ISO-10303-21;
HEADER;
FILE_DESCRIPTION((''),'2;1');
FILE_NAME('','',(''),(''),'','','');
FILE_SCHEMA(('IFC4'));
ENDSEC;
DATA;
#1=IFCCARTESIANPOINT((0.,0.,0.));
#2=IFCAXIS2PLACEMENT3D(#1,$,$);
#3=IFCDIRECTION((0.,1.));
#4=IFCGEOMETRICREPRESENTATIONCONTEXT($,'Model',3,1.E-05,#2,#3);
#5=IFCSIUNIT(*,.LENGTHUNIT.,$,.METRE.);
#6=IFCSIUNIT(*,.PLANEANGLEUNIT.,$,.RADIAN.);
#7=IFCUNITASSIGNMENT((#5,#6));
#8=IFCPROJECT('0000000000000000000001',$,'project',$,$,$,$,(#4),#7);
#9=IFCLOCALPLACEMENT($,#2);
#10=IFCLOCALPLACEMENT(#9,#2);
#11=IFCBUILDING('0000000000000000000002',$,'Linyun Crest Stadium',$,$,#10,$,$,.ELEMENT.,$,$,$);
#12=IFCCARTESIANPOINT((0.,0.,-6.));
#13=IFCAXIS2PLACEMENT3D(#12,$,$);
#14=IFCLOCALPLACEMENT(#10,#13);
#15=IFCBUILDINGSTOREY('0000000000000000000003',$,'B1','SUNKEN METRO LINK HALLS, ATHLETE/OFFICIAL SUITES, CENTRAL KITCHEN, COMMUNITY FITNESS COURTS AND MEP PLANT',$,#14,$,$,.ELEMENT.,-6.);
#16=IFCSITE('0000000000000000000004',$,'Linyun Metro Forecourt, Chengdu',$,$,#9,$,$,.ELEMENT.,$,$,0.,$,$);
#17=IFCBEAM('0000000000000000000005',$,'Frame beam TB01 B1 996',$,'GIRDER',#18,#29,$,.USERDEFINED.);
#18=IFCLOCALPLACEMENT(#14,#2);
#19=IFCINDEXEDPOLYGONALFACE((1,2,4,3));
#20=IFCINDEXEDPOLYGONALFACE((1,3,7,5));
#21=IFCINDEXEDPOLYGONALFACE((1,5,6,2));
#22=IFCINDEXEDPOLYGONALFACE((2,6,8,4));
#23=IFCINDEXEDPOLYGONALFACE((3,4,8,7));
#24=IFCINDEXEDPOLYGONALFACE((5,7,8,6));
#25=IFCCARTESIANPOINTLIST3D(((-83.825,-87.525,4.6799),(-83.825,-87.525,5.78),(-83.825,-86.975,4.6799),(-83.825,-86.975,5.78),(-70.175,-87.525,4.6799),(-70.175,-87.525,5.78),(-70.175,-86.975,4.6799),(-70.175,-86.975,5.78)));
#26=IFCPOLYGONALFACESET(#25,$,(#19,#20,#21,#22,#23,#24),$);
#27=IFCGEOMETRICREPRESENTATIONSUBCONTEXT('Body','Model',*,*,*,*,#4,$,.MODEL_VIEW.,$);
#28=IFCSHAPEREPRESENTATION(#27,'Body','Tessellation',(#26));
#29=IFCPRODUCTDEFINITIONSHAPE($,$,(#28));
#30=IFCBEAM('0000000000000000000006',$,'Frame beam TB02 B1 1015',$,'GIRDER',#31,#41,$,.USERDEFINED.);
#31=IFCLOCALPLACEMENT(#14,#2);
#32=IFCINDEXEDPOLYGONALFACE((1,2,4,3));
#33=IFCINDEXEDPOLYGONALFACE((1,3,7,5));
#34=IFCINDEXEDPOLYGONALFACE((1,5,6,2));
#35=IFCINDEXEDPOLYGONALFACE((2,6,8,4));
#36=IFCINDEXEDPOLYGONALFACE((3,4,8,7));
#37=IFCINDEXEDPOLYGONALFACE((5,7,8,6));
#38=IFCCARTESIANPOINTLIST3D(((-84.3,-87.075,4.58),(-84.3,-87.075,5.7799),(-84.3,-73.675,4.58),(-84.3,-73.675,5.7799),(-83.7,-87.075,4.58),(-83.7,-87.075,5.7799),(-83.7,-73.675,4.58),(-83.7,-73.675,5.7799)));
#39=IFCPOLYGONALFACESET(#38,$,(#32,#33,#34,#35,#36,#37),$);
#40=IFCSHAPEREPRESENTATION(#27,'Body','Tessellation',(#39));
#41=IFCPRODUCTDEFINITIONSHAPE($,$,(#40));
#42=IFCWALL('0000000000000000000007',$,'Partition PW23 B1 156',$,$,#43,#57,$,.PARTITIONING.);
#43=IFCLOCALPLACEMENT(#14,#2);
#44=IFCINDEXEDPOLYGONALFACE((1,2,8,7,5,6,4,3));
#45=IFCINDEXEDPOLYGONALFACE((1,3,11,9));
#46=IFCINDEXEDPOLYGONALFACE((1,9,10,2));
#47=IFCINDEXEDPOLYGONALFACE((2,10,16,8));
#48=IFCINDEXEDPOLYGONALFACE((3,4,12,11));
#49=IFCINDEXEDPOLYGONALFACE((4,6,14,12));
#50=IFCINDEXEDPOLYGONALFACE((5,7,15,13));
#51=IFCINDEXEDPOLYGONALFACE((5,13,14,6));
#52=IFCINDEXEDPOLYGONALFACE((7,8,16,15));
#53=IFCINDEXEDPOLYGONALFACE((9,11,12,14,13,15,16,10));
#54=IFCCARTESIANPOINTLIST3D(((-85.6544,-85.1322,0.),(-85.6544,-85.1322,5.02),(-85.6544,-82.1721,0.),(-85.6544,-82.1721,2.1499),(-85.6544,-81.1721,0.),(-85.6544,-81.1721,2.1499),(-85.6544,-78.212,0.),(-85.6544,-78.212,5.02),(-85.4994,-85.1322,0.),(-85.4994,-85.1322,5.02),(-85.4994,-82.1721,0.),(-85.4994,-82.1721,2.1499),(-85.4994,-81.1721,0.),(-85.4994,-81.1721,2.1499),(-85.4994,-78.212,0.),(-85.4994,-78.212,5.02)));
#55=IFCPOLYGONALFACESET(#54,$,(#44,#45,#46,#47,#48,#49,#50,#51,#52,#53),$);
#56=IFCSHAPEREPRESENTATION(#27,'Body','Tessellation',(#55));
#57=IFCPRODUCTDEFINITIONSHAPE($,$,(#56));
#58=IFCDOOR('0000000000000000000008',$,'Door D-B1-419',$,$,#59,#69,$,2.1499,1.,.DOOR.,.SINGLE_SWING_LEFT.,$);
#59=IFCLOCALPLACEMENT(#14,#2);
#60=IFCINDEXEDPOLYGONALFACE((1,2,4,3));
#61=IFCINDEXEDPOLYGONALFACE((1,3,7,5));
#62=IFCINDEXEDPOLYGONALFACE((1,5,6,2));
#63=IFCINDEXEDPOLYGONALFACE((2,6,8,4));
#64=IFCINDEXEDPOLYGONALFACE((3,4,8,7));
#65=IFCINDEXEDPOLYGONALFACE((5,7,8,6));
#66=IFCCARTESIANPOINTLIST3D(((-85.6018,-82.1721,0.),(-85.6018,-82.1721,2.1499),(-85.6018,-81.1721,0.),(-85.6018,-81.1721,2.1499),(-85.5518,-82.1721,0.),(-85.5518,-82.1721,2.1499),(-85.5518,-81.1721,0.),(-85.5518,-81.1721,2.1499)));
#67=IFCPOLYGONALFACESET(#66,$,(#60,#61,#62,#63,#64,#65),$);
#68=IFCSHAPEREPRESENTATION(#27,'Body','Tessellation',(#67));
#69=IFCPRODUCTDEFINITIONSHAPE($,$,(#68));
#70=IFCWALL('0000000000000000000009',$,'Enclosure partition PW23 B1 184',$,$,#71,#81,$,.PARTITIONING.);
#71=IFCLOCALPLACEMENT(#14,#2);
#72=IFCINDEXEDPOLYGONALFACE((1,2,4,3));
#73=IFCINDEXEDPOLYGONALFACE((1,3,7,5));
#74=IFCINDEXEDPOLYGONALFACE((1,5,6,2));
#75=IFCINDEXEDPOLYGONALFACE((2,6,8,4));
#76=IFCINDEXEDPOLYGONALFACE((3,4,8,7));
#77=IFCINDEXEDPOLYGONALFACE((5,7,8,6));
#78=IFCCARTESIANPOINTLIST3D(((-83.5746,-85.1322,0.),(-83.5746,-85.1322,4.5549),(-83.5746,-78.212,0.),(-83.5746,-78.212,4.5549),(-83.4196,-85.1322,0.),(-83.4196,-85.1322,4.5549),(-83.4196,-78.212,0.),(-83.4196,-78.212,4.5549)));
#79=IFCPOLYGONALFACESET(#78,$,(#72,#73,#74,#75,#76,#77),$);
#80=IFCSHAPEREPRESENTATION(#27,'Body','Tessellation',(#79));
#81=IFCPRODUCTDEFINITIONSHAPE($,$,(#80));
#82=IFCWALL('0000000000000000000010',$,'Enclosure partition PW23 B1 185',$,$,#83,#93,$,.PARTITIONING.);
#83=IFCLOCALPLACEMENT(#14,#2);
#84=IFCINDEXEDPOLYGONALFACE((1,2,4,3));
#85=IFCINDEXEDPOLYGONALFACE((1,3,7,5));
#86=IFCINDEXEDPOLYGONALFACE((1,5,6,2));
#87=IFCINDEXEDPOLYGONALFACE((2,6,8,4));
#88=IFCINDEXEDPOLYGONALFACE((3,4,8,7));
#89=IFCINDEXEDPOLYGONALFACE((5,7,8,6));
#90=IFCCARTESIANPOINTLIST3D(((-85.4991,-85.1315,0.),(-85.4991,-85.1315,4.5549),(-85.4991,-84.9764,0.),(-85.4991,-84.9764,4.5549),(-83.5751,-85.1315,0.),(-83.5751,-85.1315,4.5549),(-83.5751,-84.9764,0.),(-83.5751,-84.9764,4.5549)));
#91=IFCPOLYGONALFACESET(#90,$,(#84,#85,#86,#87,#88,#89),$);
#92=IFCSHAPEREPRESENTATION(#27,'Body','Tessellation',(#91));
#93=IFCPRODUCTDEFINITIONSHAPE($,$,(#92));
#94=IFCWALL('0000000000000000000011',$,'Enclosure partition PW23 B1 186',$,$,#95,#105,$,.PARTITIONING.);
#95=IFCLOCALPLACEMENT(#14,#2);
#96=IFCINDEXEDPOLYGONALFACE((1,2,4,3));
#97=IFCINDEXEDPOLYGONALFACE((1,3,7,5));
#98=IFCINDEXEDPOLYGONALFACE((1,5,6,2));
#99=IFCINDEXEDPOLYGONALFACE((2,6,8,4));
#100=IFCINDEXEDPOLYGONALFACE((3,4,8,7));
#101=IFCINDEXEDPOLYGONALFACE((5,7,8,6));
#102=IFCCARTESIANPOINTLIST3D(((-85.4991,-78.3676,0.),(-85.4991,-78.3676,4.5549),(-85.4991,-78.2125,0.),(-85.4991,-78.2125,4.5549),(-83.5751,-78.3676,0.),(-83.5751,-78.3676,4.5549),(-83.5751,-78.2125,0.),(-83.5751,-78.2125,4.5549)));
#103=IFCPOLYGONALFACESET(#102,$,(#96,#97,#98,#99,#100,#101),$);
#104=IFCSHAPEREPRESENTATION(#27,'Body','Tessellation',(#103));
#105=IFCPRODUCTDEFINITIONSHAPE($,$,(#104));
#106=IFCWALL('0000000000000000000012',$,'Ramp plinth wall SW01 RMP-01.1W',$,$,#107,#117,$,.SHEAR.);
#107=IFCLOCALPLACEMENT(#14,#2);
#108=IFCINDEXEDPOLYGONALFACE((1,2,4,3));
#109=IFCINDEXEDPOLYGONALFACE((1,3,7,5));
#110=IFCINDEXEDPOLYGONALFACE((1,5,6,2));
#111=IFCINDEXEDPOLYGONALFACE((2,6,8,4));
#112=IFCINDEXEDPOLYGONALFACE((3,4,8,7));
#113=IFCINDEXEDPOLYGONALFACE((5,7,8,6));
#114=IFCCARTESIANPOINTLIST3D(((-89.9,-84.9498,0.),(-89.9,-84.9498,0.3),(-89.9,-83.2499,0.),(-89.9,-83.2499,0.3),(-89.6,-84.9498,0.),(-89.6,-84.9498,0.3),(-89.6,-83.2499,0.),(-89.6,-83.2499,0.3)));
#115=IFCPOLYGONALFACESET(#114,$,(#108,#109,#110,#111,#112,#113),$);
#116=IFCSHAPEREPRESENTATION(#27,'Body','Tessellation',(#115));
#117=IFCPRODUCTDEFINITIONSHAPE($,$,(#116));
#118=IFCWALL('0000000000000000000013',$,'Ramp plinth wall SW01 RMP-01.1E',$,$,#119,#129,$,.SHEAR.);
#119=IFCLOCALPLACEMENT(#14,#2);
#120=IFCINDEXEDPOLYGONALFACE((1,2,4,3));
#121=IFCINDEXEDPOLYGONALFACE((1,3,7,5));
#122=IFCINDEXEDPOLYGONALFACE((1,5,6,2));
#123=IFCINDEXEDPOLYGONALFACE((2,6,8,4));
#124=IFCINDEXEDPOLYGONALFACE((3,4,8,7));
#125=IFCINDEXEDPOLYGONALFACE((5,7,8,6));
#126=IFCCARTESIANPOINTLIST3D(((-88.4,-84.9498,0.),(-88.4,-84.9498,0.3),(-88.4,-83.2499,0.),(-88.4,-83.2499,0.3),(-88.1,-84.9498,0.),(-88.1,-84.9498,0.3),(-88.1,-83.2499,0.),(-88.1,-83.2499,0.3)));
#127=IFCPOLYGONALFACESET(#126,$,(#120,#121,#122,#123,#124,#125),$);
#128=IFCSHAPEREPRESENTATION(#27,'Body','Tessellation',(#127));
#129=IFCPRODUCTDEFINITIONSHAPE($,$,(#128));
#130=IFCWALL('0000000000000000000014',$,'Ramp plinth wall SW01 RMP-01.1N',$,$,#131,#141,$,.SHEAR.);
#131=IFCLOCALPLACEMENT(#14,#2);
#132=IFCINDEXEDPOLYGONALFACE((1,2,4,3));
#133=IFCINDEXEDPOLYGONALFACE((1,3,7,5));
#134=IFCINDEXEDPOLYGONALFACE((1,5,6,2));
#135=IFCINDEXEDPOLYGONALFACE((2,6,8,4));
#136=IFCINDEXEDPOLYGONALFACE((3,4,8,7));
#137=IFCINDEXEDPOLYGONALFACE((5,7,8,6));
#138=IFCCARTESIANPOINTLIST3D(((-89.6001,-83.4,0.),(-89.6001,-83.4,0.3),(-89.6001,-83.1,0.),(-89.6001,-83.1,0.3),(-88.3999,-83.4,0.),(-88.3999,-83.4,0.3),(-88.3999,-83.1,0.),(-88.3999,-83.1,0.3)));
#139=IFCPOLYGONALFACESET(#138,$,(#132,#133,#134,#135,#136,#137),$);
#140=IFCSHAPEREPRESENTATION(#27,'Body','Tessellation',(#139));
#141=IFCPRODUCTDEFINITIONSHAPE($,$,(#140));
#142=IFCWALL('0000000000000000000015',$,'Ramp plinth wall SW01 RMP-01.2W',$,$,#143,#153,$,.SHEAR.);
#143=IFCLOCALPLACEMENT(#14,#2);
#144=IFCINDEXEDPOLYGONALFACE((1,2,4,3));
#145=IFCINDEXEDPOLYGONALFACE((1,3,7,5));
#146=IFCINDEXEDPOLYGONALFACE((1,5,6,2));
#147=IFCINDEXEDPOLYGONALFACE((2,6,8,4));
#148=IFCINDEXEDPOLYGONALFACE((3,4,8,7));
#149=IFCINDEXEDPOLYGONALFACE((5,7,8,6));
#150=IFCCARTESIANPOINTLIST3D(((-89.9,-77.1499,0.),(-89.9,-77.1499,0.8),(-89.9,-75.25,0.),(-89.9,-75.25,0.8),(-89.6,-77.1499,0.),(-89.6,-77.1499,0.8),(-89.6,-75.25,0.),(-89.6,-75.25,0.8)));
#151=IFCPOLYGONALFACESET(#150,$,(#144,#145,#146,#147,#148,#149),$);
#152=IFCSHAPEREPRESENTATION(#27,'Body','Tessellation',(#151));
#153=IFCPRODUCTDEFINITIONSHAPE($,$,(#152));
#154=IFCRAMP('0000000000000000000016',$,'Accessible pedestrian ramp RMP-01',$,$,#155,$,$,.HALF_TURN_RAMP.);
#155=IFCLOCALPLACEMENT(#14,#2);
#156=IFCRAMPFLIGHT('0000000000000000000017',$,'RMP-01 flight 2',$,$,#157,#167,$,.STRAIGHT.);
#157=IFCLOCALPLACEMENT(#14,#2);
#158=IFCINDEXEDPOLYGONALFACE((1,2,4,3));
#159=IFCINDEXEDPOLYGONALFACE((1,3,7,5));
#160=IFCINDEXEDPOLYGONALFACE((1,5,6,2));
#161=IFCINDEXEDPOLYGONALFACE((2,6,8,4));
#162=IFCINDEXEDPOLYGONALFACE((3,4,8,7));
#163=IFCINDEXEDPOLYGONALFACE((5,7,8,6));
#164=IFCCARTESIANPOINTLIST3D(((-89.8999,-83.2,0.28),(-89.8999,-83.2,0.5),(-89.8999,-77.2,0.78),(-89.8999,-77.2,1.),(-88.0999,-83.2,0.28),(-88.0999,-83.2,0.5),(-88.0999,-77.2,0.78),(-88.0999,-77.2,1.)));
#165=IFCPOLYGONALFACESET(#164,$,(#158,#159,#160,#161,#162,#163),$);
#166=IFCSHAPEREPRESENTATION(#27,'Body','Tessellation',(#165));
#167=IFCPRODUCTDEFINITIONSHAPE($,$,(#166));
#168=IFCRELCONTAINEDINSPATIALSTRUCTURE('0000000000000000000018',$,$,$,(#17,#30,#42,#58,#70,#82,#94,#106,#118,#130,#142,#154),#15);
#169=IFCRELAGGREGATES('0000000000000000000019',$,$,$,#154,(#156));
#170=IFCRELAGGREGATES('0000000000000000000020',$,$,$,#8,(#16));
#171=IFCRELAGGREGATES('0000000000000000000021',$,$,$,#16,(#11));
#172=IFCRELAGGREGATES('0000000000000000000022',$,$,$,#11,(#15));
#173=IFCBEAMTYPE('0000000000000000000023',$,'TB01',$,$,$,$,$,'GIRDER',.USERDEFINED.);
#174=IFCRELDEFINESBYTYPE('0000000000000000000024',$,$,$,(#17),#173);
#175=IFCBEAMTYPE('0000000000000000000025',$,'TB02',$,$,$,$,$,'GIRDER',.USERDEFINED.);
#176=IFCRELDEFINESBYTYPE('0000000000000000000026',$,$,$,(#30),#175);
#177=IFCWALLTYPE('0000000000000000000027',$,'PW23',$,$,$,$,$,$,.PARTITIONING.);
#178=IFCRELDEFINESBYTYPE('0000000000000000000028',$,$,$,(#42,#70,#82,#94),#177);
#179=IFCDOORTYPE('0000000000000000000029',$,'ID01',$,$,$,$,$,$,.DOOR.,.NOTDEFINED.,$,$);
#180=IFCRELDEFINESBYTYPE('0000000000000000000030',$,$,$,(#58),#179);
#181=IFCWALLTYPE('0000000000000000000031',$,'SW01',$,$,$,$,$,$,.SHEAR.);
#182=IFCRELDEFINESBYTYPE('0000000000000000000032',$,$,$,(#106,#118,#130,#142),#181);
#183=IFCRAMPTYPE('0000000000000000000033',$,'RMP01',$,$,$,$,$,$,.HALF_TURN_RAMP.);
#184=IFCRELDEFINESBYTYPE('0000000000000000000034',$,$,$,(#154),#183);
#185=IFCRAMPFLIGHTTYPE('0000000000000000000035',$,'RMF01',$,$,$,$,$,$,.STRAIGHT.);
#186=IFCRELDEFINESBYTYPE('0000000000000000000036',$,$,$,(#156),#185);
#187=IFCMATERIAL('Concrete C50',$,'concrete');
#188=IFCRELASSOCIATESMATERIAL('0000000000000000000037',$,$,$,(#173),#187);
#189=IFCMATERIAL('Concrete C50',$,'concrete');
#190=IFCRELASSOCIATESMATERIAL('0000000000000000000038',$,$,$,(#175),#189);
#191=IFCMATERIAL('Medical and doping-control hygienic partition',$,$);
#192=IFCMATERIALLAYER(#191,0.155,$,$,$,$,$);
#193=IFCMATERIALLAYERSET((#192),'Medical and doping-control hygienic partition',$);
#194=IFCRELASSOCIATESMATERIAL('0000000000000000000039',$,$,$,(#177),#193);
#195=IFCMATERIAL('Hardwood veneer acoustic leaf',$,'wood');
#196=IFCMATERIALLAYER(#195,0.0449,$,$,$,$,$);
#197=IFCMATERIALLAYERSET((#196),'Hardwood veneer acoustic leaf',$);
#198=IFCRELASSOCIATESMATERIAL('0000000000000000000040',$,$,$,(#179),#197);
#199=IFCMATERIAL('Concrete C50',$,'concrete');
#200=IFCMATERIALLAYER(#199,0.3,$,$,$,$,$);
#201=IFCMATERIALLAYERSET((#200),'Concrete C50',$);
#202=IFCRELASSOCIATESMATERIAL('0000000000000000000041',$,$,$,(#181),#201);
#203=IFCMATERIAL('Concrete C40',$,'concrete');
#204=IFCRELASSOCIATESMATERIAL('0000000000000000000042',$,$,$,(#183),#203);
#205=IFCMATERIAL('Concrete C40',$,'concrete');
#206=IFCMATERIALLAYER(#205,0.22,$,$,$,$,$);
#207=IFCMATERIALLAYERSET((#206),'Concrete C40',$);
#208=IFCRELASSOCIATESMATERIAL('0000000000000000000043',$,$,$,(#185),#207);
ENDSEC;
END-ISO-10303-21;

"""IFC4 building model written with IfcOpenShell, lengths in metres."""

from ifc_helpers import new_model, si_unit, direction, frame, frame_2d, origin, origin_2d, place, context, subcontext, project, spatial, polyline, rectangle, outline, extrude, material, layer, layer_set, material_profile, profile_set, type_object, element, fill, aggregate, save


model = new_model("IFC4")

# Units and contexts
model_context = context("Model", 3, precision=1e-05, world=origin(), true_north=direction((0.0, 1.0)))
body_context = subcontext(model_context, "Body", "Model", "MODEL_VIEW")
ifc_project = project(units=[si_unit("LENGTHUNIT", "METRE"), si_unit("PLANEANGLEUNIT", "RADIAN")], contexts=[model_context])

# Site, building, storey
site_placement = place(None, origin())
site = spatial("IfcSite", under=ifc_project, at=site_placement, Name="Linyun Metro Forecourt, Chengdu", CompositionType="ELEMENT", RefElevation=0.0)
building_placement = place(site_placement, origin())
building = spatial("IfcBuilding", under=site, at=building_placement, Name="Linyun Crest Stadium", CompositionType="ELEMENT")
storey_placement = place(building_placement, frame((0.0, 0.0, -6.0)))
storey = spatial("IfcBuildingStorey", under=building, at=storey_placement, Name="B1", Description="SUNKEN METRO LINK HALLS, ATHLETE/OFFICIAL SUITES, CENTRAL KITCHEN, COMMUNITY FITNESS COURTS AND MEP PLANT", CompositionType="ELEMENT", Elevation=-6.0)

# Beams
ifc_material_1 = material(Name="Concrete C50", Category="concrete")
ifc_material_profile_1 = material_profile(ifc_material_1, rectangle(XDim=0.55, YDim=1.1001, at=origin_2d()), Name="RCB 1100x550")
ifc_profile_set_1 = profile_set([ifc_material_profile_1], Name="Concrete C50")
beam_type_1 = type_object("IfcBeamType", Name="TB01", ElementType="GIRDER", PredefinedType="USERDEFINED", material=ifc_profile_set_1)
beam_1_placement = place(storey_placement, frame((-83.825, -87.25, 5.23), z_axis=(1.0, 0.0, 0.0), x_axis=(0.0, 1.0, 0.0)))
element("IfcBeam", 1, at=beam_1_placement, inside=storey, type_object=beam_type_1, Name="Frame beam TB01 B1 996", ObjectType="GIRDER", PredefinedType="USERDEFINED", context=body_context, shape_type="SweptSolid", body=[
    extrude(rectangle(XDim=0.55, YDim=1.1001, at=origin_2d()), origin(), (0.0, 0.0, 1.0), 13.6499),
])
ifc_material_2 = material(Name="Concrete C50", Category="concrete")
ifc_material_profile_2 = material_profile(ifc_material_2, rectangle(XDim=0.6001, YDim=1.2, at=origin_2d()), Name="RCB 1200x600")
ifc_profile_set_2 = profile_set([ifc_material_profile_2], Name="Concrete C50")
beam_type_2 = type_object("IfcBeamType", Name="TB02", ElementType="GIRDER", PredefinedType="USERDEFINED", material=ifc_profile_set_2)
beam_2_placement = place(storey_placement, frame((-84.0, -87.075, 5.1799), z_axis=(0.0, 1.0, 0.0), x_axis=(-1.0, 0.0, 0.0)))
element("IfcBeam", 2, at=beam_2_placement, inside=storey, type_object=beam_type_2, Name="Frame beam TB02 B1 1015", ObjectType="GIRDER", PredefinedType="USERDEFINED", context=body_context, shape_type="SweptSolid", body=[
    extrude(rectangle(XDim=0.6001, YDim=1.2, at=origin_2d()), origin(), (0.0, 0.0, 1.0), 13.3999),
])

# Wall, opening, door
ifc_material_3 = material(Name="Medical and doping-control hygienic partition")
ifc_layer_1 = layer(ifc_material_3, 0.155)
ifc_layer_set_1 = layer_set([ifc_layer_1], Name="Medical and doping-control hygienic partition")
wall_type_1 = type_object("IfcWallType", Name="PW23", PredefinedType="PARTITIONING", material=ifc_layer_set_1)
wall_1_placement = place(storey_placement, frame((-85.5769, -85.1321, 0.0), z_axis=(0.0, 0.0, 1.0), x_axis=(0.0, 1.0, 0.0)))
wall_1 = element("IfcWall", 3, at=wall_1_placement, inside=storey, type_object=wall_type_1, Name="Partition PW23 B1 156", PredefinedType="PARTITIONING", context=body_context, shape_type="SweptSolid", body=[
    extrude(rectangle(XDim=6.9202, YDim=0.155, at=frame_2d((3.46, 0.0))), origin(), (0.0, 0.0, 1.0), 5.02),
])
opening_placement = place(wall_1_placement, frame((2.96, 0.0, 0.0)))
opening = element("IfcOpeningElement", 4, at=opening_placement, cuts=wall_1, PredefinedType="OPENING", context=body_context, shape_type="SweptSolid", body=[
    extrude(rectangle(XDim=1.0, YDim=2.1499, at=frame_2d((0.5, 1.075))), frame((0.0, 0.0874, 0.0), z_axis=(0.0, -1.0, 0.0), x_axis=(1.0, 0.0, 0.0)), (0.0, 0.0, 1.0), 0.175),
])
ifc_material_4 = material(Name="Hardwood veneer acoustic leaf", Category="wood")
ifc_layer_2 = layer(ifc_material_4, 0.0449)
ifc_layer_set_2 = layer_set([ifc_layer_2], Name="Hardwood veneer acoustic leaf")
door_type = type_object("IfcDoorType", Name="ID01", OperationType="NOTDEFINED", PredefinedType="DOOR", material=ifc_layer_set_2)
door_placement = place(opening_placement, origin())
door = element("IfcDoor", 5, at=door_placement, inside=storey, type_object=door_type, Name="Door D-B1-419", OperationType="SINGLE_SWING_LEFT", OverallHeight=2.1499, OverallWidth=1.0, PredefinedType="DOOR", context=body_context, shape_type="SweptSolid", body=[
    extrude(rectangle(XDim=1.0, YDim=2.1499, at=frame_2d((0.5, 1.075))), frame((0.0, 0.0249, 0.0), z_axis=(0.0, -1.0, 0.0), x_axis=(1.0, 0.0, 0.0)), (0.0, 0.0, 1.0), 0.05),
])
fill(opening, door)

# Walls
wall_2_placement = place(storey_placement, frame((-83.4971, -85.1321, 0.0), z_axis=(0.0, 0.0, 1.0), x_axis=(0.0, 1.0, 0.0)))
element("IfcWall", 6, at=wall_2_placement, inside=storey, type_object=wall_type_1, Name="Enclosure partition PW23 B1 184", PredefinedType="PARTITIONING", context=body_context, shape_type="SweptSolid", body=[
    extrude(rectangle(XDim=6.9202, YDim=0.155, at=frame_2d((3.46, 0.0))), origin(), (0.0, 0.0, 1.0), 4.5549),
])
for number, where, z_axis, x_axis, name in (
    (7, (-85.499, -85.054, 0.0), (0.0, 0.0, 1.0), (1.0, 0.0, 0.0), "Enclosure partition PW23 B1 185"),
    (8, (-85.499, -78.29, 0.0), (0.0, 0.0, 1.0), (1.0, 0.0, 0.0), "Enclosure partition PW23 B1 186"),
):
    element("IfcWall", number, at=place(storey_placement, frame(where, z_axis=z_axis, x_axis=x_axis)), inside=storey, type_object=wall_type_1, Name=name, PredefinedType="PARTITIONING", context=body_context, shape_type="SweptSolid", body=[
        extrude(rectangle(XDim=1.9241, YDim=0.155, at=frame_2d((0.9619, 0.0))), origin(), (0.0, 0.0, 1.0), 4.5549),
    ])
ifc_material_5 = material(Name="Concrete C50", Category="concrete")
ifc_layer_3 = layer(ifc_material_5, 0.3)
ifc_layer_set_3 = layer_set([ifc_layer_3], Name="Concrete C50")
wall_type_2 = type_object("IfcWallType", Name="SW01", PredefinedType="SHEAR", material=ifc_layer_set_3)
for number, where, z_axis, x_axis, name in (
    (9, (-89.75, -84.95, 0.0), (0.0, 0.0, 1.0), (0.0, 1.0, 0.0), "Ramp plinth wall SW01 RMP-01.1W"),
    (10, (-88.25, -84.95, 0.0), (0.0, 0.0, 1.0), (0.0, 1.0, 0.0), "Ramp plinth wall SW01 RMP-01.1E"),
):
    element("IfcWall", number, at=place(storey_placement, frame(where, z_axis=z_axis, x_axis=x_axis)), inside=storey, type_object=wall_type_2, Name=name, PredefinedType="SHEAR", context=body_context, shape_type="SweptSolid", body=[
        extrude(rectangle(XDim=1.7, YDim=0.3, at=frame_2d((0.8501, 0.0))), origin(), (0.0, 0.0, 1.0), 0.3),
    ])
wall_3_placement = place(storey_placement, frame((-89.6001, -83.25, 0.0), z_axis=(0.0, 0.0, 1.0), x_axis=(1.0, 0.0, 0.0)))
element("IfcWall", 11, at=wall_3_placement, inside=storey, type_object=wall_type_2, Name="Ramp plinth wall SW01 RMP-01.1N", PredefinedType="SHEAR", context=body_context, shape_type="SweptSolid", body=[
    extrude(rectangle(XDim=1.2002, YDim=0.3, at=frame_2d((0.6001, 0.0))), origin(), (0.0, 0.0, 1.0), 0.3),
])
wall_4_placement = place(storey_placement, frame((-89.75, -77.1499, 0.0), z_axis=(0.0, 0.0, 1.0), x_axis=(0.0, 1.0, 0.0)))
element("IfcWall", 12, at=wall_4_placement, inside=storey, type_object=wall_type_2, Name="Ramp plinth wall SW01 RMP-01.2W", PredefinedType="SHEAR", context=body_context, shape_type="SweptSolid", body=[
    extrude(rectangle(XDim=1.8999, YDim=0.3, at=frame_2d((0.95, 0.0))), origin(), (0.0, 0.0, 1.0), 0.8),
])

# Ramp, ramp flight
ifc_material_6 = material(Name="Concrete C40", Category="concrete")
ramp_type = type_object("IfcRampType", Name="RMP01", PredefinedType="HALF_TURN_RAMP", material=ifc_material_6)
ramp_placement = place(storey_placement, origin())
ramp = element("IfcRamp", 13, at=ramp_placement, inside=storey, type_object=ramp_type, Name="Accessible pedestrian ramp RMP-01", PredefinedType="HALF_TURN_RAMP")
ifc_material_7 = material(Name="Concrete C40", Category="concrete")
ifc_layer_4 = layer(ifc_material_7, 0.22)
ifc_layer_set_4 = layer_set([ifc_layer_4], Name="Concrete C40")
ramp_flight_type = type_object("IfcRampFlightType", Name="RMF01", PredefinedType="STRAIGHT", material=ifc_layer_set_4)
ramp_flight_placement = place(storey_placement, frame((-89.0, -83.2, 0.5), z_axis=(0.0, 0.0, 1.0), x_axis=(0.0, 1.0, 0.0)))
ramp_flight = element("IfcRampFlight", 14, at=ramp_flight_placement, type_object=ramp_flight_type, Name="RMP-01 flight 2", PredefinedType="STRAIGHT", context=body_context, shape_type="SweptSolid", body=[
    extrude(outline(polyline([(0.0, 0.0), (6.0, 0.5), (6.0, 0.28), (0.0, -0.22), (0.0, 0.0)])), frame((0.0, 0.8999, 0.0), z_axis=(0.0, -1.0, 0.0), x_axis=(1.0, 0.0, 0.0)), (0.0, 0.0, 1.0), 1.8),
])
aggregate(ramp, [ramp_flight])

save(model, "model.ifc")
